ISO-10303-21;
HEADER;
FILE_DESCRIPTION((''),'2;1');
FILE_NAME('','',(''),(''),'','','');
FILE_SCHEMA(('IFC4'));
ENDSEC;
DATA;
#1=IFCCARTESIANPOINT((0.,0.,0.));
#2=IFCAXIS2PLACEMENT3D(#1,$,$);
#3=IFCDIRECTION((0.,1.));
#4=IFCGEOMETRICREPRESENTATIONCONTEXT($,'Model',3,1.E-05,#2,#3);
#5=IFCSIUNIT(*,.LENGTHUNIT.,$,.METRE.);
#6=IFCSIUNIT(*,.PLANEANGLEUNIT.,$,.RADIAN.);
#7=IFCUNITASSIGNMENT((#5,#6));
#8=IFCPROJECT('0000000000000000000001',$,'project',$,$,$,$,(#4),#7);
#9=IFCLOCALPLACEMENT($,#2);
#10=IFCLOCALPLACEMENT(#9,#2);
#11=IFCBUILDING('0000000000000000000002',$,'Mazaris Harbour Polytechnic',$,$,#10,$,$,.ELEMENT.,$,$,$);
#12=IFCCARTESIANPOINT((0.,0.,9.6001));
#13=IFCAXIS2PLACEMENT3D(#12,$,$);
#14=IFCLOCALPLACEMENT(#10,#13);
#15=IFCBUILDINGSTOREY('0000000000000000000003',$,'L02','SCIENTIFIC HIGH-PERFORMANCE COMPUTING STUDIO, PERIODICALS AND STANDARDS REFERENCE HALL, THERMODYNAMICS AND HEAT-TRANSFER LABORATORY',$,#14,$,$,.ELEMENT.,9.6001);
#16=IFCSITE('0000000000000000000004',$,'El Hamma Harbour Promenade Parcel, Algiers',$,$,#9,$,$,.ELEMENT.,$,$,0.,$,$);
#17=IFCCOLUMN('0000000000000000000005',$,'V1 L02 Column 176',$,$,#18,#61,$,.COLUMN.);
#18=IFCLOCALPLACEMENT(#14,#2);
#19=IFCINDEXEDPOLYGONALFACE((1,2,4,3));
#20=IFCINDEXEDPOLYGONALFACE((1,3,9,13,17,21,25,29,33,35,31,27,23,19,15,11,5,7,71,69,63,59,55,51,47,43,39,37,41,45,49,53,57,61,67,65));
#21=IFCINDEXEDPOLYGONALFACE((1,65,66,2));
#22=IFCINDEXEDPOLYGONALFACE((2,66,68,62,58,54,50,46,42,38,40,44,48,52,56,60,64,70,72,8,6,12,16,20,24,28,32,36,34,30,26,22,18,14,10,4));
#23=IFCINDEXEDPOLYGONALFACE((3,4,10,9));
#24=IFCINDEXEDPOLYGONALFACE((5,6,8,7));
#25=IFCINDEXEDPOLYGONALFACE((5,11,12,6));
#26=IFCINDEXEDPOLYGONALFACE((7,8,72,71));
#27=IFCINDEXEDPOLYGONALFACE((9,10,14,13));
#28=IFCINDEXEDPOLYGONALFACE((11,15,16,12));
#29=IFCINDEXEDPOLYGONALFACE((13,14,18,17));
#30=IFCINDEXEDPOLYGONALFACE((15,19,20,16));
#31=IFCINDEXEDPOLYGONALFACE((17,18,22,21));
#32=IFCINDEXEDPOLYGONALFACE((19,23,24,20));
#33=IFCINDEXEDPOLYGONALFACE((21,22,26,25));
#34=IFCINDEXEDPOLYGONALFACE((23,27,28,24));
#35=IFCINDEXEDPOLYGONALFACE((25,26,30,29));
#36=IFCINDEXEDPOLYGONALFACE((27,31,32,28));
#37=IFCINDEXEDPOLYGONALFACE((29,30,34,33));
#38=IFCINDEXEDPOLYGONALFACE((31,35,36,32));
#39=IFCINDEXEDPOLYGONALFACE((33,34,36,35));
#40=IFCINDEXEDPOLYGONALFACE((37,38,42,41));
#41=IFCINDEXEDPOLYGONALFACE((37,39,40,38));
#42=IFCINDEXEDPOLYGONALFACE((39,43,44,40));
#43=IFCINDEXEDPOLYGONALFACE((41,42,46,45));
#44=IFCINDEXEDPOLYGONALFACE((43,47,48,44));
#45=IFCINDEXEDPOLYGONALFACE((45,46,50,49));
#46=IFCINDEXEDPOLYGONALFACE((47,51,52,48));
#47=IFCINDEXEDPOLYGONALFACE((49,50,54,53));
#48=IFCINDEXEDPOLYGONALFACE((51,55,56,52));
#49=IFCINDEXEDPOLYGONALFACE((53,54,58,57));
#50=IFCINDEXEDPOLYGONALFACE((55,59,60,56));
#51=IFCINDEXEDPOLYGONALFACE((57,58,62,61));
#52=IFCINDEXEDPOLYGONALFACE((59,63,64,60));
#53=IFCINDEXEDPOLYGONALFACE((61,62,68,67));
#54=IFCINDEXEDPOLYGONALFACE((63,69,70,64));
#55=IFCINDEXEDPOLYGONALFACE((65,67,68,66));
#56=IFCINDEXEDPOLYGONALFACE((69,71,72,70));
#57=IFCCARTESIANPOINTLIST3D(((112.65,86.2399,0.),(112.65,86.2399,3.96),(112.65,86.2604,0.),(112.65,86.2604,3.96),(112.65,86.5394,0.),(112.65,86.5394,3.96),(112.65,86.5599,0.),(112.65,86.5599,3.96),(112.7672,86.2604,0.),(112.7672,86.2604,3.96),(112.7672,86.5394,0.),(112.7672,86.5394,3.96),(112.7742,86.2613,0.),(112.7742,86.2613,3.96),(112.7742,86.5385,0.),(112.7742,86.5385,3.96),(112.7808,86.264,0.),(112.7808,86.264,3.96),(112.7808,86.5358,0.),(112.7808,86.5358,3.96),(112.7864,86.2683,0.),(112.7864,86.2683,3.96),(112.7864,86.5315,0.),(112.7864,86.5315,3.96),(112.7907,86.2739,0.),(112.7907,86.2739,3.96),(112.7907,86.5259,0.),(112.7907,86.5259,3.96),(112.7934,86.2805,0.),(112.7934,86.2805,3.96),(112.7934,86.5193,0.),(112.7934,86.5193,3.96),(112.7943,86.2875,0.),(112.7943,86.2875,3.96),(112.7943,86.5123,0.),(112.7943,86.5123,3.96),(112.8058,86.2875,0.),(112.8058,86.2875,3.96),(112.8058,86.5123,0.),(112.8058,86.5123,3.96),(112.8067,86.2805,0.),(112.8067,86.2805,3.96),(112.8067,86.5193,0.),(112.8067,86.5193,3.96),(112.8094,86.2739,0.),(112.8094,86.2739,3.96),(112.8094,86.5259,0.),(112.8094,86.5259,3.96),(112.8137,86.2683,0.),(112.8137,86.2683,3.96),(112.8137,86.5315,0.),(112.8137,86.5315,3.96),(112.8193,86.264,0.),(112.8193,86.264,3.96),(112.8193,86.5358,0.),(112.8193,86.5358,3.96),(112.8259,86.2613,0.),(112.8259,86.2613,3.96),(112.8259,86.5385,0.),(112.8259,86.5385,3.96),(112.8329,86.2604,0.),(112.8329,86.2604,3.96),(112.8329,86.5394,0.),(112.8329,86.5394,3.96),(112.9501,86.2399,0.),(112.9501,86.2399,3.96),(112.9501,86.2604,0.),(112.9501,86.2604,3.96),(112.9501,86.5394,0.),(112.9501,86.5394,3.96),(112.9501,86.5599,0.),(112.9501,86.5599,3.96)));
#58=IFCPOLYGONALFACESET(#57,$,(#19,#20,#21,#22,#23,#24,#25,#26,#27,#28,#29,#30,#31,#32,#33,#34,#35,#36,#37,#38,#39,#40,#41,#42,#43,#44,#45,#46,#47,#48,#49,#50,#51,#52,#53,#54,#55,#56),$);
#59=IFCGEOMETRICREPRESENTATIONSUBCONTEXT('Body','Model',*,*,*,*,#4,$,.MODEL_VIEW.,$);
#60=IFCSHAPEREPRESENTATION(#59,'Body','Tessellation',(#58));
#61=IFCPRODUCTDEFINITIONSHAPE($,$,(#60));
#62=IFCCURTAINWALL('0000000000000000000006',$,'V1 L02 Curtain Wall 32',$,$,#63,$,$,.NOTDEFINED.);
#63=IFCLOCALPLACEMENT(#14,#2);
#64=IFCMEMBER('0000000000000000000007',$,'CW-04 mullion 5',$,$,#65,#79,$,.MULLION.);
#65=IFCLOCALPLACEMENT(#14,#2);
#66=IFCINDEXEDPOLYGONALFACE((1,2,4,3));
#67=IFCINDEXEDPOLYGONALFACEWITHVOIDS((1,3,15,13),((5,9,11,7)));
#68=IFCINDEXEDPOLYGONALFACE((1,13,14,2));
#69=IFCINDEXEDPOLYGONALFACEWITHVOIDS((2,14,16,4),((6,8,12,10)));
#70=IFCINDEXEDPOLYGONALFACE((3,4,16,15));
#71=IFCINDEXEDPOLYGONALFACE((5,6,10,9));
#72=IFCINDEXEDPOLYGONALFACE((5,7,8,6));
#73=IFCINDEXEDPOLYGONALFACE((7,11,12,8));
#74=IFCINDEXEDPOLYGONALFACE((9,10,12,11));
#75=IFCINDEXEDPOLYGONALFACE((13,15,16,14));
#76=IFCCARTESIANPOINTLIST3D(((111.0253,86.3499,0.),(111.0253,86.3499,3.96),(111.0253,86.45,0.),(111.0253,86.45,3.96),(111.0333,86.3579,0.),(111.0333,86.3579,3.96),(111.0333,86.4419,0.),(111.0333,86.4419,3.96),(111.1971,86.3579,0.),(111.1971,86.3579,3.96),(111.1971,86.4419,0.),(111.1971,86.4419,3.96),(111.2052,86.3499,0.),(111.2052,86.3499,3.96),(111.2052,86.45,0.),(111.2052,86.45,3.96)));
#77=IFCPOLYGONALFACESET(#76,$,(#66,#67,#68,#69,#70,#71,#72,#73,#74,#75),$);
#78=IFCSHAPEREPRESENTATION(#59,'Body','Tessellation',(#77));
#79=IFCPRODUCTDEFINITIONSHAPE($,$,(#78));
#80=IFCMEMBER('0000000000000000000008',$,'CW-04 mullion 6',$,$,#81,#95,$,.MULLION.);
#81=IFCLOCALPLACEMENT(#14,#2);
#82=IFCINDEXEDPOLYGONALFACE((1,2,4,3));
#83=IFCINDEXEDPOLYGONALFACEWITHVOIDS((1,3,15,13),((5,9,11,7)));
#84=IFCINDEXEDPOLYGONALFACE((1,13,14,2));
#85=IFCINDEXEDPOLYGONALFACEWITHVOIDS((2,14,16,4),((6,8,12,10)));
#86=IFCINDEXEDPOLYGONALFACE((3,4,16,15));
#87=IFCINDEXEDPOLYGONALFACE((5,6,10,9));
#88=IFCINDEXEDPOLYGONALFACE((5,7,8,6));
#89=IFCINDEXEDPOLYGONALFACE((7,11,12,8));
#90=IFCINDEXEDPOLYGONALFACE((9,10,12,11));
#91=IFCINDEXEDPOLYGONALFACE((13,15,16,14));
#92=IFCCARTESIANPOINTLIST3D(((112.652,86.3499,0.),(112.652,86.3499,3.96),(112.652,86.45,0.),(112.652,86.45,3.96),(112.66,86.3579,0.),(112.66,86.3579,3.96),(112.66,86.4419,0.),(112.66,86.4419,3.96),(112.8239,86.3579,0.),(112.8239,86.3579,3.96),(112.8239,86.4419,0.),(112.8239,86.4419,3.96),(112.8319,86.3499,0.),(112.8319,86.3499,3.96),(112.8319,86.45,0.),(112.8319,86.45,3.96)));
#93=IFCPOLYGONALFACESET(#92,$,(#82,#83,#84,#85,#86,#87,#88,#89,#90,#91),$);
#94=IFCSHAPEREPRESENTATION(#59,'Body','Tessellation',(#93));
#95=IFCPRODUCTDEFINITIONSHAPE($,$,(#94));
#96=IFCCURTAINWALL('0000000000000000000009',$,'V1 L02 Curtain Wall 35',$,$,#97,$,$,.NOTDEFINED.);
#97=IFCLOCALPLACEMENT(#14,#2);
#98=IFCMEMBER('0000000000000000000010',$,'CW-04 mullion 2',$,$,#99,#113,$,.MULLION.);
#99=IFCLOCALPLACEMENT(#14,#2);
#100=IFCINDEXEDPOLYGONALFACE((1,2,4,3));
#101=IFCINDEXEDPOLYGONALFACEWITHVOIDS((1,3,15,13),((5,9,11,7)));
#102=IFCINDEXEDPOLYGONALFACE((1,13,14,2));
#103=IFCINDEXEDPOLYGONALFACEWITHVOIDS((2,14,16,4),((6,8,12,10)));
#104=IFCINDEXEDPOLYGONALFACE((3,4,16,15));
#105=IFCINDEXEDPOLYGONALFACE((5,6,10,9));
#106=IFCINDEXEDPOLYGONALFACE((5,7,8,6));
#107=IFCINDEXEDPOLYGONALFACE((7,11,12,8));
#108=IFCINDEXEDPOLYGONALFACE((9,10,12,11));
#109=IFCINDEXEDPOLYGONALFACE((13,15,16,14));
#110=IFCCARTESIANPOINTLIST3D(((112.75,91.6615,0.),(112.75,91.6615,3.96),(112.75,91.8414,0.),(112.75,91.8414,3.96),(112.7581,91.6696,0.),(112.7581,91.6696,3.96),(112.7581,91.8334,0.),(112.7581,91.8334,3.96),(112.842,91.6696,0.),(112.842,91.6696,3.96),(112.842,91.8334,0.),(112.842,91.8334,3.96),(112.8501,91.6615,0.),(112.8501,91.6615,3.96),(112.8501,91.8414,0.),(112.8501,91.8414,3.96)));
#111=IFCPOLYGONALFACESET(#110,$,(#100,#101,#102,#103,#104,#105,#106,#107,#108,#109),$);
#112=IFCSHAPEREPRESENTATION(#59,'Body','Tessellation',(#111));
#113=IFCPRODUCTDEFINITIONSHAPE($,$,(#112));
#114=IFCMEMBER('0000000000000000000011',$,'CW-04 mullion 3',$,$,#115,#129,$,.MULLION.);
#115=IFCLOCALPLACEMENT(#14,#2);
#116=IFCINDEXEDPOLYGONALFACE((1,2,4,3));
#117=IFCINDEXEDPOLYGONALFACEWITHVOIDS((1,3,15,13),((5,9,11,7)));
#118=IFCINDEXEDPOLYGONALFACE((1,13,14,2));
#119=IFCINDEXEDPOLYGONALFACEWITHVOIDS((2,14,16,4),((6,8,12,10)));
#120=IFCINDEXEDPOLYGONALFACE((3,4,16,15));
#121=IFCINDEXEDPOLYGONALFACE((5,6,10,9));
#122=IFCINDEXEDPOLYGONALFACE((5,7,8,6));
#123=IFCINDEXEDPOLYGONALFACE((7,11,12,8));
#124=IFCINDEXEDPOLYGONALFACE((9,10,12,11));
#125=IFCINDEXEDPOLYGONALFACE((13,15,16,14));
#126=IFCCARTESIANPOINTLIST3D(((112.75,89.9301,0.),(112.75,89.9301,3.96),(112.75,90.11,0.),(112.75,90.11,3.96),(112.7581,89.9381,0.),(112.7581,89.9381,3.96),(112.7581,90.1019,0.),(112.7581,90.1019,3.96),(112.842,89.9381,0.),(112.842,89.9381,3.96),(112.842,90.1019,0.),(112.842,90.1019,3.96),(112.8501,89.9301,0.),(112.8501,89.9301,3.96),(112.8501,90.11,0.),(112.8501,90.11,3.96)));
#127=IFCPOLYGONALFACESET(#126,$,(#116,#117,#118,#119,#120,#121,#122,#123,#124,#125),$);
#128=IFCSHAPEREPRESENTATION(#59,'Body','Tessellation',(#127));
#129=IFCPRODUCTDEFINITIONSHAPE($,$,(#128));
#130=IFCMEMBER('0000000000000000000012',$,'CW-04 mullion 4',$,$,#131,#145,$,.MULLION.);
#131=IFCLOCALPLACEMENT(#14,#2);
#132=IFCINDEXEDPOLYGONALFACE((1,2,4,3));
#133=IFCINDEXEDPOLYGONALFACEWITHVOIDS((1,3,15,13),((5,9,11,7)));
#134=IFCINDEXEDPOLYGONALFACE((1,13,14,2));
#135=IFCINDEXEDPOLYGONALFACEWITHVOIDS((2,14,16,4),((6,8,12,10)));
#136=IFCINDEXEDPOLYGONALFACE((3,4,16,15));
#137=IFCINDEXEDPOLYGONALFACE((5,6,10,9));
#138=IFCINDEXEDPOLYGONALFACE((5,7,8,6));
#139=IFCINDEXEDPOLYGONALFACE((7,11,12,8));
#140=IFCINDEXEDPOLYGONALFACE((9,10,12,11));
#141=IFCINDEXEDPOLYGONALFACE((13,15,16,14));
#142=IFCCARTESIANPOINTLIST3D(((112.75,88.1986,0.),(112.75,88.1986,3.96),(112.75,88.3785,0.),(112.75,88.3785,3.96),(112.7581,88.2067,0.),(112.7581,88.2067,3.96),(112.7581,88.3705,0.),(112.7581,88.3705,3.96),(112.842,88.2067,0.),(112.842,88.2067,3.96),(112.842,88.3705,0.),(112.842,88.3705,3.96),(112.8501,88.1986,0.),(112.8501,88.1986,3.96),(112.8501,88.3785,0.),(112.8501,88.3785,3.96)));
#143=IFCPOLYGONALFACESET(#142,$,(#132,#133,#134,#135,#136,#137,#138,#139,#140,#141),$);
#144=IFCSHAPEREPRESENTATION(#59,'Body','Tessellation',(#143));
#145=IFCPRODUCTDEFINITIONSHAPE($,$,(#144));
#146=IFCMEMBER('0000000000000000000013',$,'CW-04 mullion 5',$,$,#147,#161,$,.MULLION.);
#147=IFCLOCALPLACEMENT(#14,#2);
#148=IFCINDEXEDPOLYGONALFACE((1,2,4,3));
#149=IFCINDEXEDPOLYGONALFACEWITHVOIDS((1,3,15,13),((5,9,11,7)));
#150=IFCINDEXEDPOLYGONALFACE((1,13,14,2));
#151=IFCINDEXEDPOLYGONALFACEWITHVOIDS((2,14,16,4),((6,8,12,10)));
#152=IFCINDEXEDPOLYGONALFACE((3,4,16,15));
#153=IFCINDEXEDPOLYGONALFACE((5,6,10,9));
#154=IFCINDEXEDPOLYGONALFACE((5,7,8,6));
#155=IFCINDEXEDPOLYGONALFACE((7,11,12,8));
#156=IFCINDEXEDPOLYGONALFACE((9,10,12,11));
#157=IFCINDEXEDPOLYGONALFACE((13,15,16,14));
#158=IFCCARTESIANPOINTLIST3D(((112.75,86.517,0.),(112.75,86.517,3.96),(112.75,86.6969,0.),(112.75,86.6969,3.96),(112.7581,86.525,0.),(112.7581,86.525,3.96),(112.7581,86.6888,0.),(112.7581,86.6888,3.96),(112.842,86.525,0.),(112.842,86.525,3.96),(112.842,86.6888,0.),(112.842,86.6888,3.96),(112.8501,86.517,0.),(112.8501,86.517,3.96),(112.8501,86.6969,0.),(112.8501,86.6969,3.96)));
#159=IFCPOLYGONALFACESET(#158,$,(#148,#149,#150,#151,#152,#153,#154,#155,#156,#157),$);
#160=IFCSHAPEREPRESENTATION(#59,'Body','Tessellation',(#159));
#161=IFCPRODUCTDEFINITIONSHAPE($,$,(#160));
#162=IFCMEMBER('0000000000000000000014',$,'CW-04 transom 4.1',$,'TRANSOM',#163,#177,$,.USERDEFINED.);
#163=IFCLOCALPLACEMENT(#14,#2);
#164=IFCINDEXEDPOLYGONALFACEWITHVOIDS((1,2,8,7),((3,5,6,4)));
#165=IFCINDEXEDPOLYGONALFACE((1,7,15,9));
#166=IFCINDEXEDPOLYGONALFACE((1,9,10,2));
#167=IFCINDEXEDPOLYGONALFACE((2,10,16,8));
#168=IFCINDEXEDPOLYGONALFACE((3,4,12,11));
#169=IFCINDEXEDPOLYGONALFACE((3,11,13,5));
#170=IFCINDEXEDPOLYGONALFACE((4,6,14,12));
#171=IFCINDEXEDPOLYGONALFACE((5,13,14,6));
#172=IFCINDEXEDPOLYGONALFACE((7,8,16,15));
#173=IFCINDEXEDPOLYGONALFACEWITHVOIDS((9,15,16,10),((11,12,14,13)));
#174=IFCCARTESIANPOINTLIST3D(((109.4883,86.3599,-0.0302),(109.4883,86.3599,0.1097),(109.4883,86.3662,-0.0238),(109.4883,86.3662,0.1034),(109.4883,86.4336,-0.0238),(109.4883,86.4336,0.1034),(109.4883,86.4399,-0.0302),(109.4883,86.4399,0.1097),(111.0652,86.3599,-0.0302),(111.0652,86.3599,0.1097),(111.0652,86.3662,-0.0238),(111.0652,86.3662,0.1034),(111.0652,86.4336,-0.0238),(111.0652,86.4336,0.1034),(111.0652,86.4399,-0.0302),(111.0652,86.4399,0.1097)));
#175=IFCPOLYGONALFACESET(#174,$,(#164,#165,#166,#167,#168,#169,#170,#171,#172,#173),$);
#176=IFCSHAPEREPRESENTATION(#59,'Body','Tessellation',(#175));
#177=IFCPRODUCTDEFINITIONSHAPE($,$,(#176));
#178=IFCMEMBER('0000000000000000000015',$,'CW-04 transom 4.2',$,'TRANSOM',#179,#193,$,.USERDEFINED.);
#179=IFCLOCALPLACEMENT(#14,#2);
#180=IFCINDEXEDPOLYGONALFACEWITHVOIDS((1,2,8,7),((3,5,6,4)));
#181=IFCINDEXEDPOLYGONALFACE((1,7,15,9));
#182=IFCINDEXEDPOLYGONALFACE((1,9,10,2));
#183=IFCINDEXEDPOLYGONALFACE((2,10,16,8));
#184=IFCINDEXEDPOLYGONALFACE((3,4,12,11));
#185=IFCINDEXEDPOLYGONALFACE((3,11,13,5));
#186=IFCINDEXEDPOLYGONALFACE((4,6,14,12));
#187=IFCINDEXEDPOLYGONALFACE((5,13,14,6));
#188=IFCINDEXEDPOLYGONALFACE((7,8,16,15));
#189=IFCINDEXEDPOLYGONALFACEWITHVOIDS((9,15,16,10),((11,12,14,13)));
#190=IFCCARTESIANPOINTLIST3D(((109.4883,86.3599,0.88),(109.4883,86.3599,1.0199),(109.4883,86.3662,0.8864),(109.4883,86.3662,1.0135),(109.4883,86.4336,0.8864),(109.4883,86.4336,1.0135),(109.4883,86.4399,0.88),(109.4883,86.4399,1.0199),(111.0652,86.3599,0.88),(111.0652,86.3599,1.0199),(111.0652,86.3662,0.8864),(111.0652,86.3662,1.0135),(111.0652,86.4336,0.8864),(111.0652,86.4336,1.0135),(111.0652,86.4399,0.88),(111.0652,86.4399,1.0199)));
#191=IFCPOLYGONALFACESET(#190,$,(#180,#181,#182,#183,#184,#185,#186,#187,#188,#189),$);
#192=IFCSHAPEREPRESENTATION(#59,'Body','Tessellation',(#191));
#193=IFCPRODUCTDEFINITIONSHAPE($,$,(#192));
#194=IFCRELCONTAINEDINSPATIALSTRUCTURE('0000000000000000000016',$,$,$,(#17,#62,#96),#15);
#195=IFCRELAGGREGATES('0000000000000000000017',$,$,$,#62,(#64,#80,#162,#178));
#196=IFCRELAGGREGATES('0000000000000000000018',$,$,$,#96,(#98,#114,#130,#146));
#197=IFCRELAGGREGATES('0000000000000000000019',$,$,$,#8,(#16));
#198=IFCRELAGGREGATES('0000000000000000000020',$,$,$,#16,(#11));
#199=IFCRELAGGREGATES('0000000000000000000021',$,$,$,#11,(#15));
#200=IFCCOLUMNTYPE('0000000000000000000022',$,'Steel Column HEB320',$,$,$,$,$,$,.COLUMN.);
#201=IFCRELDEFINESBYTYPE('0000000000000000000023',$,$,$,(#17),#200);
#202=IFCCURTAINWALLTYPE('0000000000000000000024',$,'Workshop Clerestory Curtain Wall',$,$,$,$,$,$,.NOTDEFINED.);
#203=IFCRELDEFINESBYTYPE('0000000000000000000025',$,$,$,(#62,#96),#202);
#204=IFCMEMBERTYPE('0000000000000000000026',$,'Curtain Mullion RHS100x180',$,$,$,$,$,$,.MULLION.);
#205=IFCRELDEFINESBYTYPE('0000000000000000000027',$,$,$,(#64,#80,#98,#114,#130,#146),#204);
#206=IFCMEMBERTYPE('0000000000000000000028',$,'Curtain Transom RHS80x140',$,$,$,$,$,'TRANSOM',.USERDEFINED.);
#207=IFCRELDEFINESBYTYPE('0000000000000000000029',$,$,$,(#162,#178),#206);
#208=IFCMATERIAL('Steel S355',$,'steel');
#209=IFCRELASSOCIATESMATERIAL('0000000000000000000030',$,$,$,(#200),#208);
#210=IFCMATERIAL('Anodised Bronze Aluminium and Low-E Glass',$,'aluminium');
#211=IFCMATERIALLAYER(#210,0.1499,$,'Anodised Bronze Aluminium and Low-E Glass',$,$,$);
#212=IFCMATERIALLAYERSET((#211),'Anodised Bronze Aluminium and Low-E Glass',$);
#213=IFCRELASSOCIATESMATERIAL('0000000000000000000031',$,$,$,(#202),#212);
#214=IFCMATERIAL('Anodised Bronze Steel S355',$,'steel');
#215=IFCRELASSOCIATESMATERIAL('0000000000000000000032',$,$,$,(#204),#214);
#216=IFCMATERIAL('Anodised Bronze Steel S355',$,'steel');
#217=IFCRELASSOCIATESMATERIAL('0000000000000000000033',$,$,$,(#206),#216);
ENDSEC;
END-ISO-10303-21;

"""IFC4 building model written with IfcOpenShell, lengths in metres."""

from ifc_helpers import new_model, si_unit, direction, frame, origin, origin_2d, place, context, subcontext, project, spatial, hollow_rectangle, i_section, extrude, material, layer, layer_set, material_profile, profile_set, type_object, element, aggregate, save


model = new_model("IFC4")

# Units and contexts
model_context = context("Model", 3, precision=1e-05, world=origin(), true_north=direction((0.0, 1.0)))
body_context = subcontext(model_context, "Body", "Model", "MODEL_VIEW")
ifc_project = project(units=[si_unit("LENGTHUNIT", "METRE"), si_unit("PLANEANGLEUNIT", "RADIAN")], contexts=[model_context])

# Site, building, storey
site_placement = place(None, origin())
site = spatial("IfcSite", under=ifc_project, at=site_placement, Name="El Hamma Harbour Promenade Parcel, Algiers", CompositionType="ELEMENT", RefElevation=0.0)
building_placement = place(site_placement, origin())
building = spatial("IfcBuilding", under=site, at=building_placement, Name="Mazaris Harbour Polytechnic", CompositionType="ELEMENT")
storey_placement = place(building_placement, frame((0.0, 0.0, 9.6001)))
storey = spatial("IfcBuildingStorey", under=building, at=storey_placement, Name="L02", Description="SCIENTIFIC HIGH-PERFORMANCE COMPUTING STUDIO, PERIODICALS AND STANDARDS REFERENCE HALL, THERMODYNAMICS AND HEAT-TRANSFER LABORATORY", CompositionType="ELEMENT", Elevation=9.6001)

# Column
ifc_material_1 = material(Name="Steel S355", Category="steel")
ifc_material_profile_1 = material_profile(ifc_material_1, i_section(OverallWidth=0.3, OverallDepth=0.3201, WebThickness=0.0115, FlangeThickness=0.0205, FilletRadius=0.0271, at=origin_2d()), Name="HEB 320")
ifc_profile_set_1 = profile_set([ifc_material_profile_1], Name="Steel S355")
column_type = type_object("IfcColumnType", Name="Steel Column HEB320", PredefinedType="COLUMN", material=ifc_profile_set_1)
column_placement = place(storey_placement, frame((112.8, 86.3999, 0.0), z_axis=(0.0, 0.0, 1.0), x_axis=(1.0, 0.0, 0.0)))
element("IfcColumn", 1, at=column_placement, inside=storey, type_object=column_type, Name="V1 L02 Column 176", PredefinedType="COLUMN", context=body_context, shape_type="SweptSolid", body=[
    extrude(i_section(OverallWidth=0.3, OverallDepth=0.3201, WebThickness=0.0115, FlangeThickness=0.0205, FilletRadius=0.0271, at=origin_2d()), origin(), (0.0, 0.0, 1.0), 3.96),
])

# Curtain walls, members
ifc_material_2 = material(Name="Anodised Bronze Aluminium and Low-E Glass", Category="aluminium")
ifc_layer_1 = layer(ifc_material_2, 0.1499, Name="Anodised Bronze Aluminium and Low-E Glass")
ifc_layer_set_1 = layer_set([ifc_layer_1], Name="Anodised Bronze Aluminium and Low-E Glass")
curtain_wall_type = type_object("IfcCurtainWallType", Name="Workshop Clerestory Curtain Wall", PredefinedType="NOTDEFINED", material=ifc_layer_set_1)
curtain_wall_1_placement = place(storey_placement, origin())
curtain_wall_1 = element("IfcCurtainWall", 2, at=curtain_wall_1_placement, inside=storey, type_object=curtain_wall_type, Name="V1 L02 Curtain Wall 32", PredefinedType="NOTDEFINED")
ifc_material_3 = material(Name="Anodised Bronze Steel S355", Category="steel")
ifc_material_profile_2 = material_profile(ifc_material_3, hollow_rectangle(XDim=0.1001, YDim=0.1799, WallThickness=0.0081, at=origin_2d()), Name="RHS 100x180x8.0")
ifc_profile_set_2 = profile_set([ifc_material_profile_2], Name="Anodised Bronze Steel S355")
member_type_1 = type_object("IfcMemberType", Name="Curtain Mullion RHS100x180", PredefinedType="MULLION", material=ifc_profile_set_2)
member_1_placement = place(storey_placement, frame((111.1152, 86.3999, 0.0), z_axis=(0.0, 0.0, 1.0), x_axis=(0.0, 1.0, 0.0)))
member_1 = element("IfcMember", 3, at=member_1_placement, type_object=member_type_1, Name="CW-04 mullion 5", PredefinedType="MULLION", context=body_context, shape_type="SweptSolid", body=[
    extrude(hollow_rectangle(XDim=0.1001, YDim=0.1799, WallThickness=0.0081, at=origin_2d()), origin(), (0.0, 0.0, 1.0), 3.96),
])
member_2_placement = place(storey_placement, frame((112.7419, 86.3999, 0.0), z_axis=(0.0, 0.0, 1.0), x_axis=(0.0, 1.0, 0.0)))
member_2 = element("IfcMember", 4, at=member_2_placement, type_object=member_type_1, Name="CW-04 mullion 6", PredefinedType="MULLION", context=body_context, shape_type="SweptSolid", body=[
    extrude(hollow_rectangle(XDim=0.1001, YDim=0.1799, WallThickness=0.0081, at=origin_2d()), origin(), (0.0, 0.0, 1.0), 3.96),
])
curtain_wall_2_placement = place(storey_placement, origin())
curtain_wall_2 = element("IfcCurtainWall", 5, at=curtain_wall_2_placement, inside=storey, type_object=curtain_wall_type, Name="V1 L02 Curtain Wall 35", PredefinedType="NOTDEFINED")
member_3_placement = place(storey_placement, frame((112.8, 91.7515, 0.0), z_axis=(0.0, 0.0, 1.0), x_axis=(1.0, 0.0, 0.0)))
member_3 = element("IfcMember", 6, at=member_3_placement, type_object=member_type_1, Name="CW-04 mullion 2", PredefinedType="MULLION", context=body_context, shape_type="SweptSolid", body=[
    extrude(hollow_rectangle(XDim=0.1001, YDim=0.1799, WallThickness=0.0081, at=origin_2d()), origin(), (0.0, 0.0, 1.0), 3.96),
])
member_4_placement = place(storey_placement, frame((112.8, 90.02, 0.0), z_axis=(0.0, 0.0, 1.0), x_axis=(1.0, 0.0, 0.0)))
member_4 = element("IfcMember", 7, at=member_4_placement, type_object=member_type_1, Name="CW-04 mullion 3", PredefinedType="MULLION", context=body_context, shape_type="SweptSolid", body=[
    extrude(hollow_rectangle(XDim=0.1001, YDim=0.1799, WallThickness=0.0081, at=origin_2d()), origin(), (0.0, 0.0, 1.0), 3.96),
])
member_5_placement = place(storey_placement, frame((112.8, 88.2886, 0.0), z_axis=(0.0, 0.0, 1.0), x_axis=(1.0, 0.0, 0.0)))
member_5 = element("IfcMember", 8, at=member_5_placement, type_object=member_type_1, Name="CW-04 mullion 4", PredefinedType="MULLION", context=body_context, shape_type="SweptSolid", body=[
    extrude(hollow_rectangle(XDim=0.1001, YDim=0.1799, WallThickness=0.0081, at=origin_2d()), origin(), (0.0, 0.0, 1.0), 3.96),
])
member_6_placement = place(storey_placement, frame((112.8, 86.6069, 0.0), z_axis=(0.0, 0.0, 1.0), x_axis=(1.0, 0.0, 0.0)))
member_6 = element("IfcMember", 9, at=member_6_placement, type_object=member_type_1, Name="CW-04 mullion 5", PredefinedType="MULLION", context=body_context, shape_type="SweptSolid", body=[
    extrude(hollow_rectangle(XDim=0.1001, YDim=0.1799, WallThickness=0.0081, at=origin_2d()), origin(), (0.0, 0.0, 1.0), 3.96),
])

# Members
ifc_material_4 = material(Name="Anodised Bronze Steel S355", Category="steel")
ifc_material_profile_3 = material_profile(ifc_material_4, hollow_rectangle(XDim=0.0801, YDim=0.1399, WallThickness=0.0063, at=origin_2d()), Name="RHS 80x140x6.3")
ifc_profile_set_3 = profile_set([ifc_material_profile_3], Name="Anodised Bronze Steel S355")
member_type_2 = type_object("IfcMemberType", Name="Curtain Transom RHS80x140", ElementType="TRANSOM", PredefinedType="USERDEFINED", material=ifc_profile_set_3)
member_7_placement = place(storey_placement, frame((109.4883, 86.3999, 0.0398), z_axis=(1.0, 0.0, 0.0), x_axis=(0.0, 1.0, 0.0)))
member_7 = element("IfcMember", 10, at=member_7_placement, type_object=member_type_2, Name="CW-04 transom 4.1", ObjectType="TRANSOM", PredefinedType="USERDEFINED", context=body_context, shape_type="SweptSolid", body=[
    extrude(hollow_rectangle(XDim=0.0801, YDim=0.1399, WallThickness=0.0063, at=origin_2d()), origin(), (0.0, 0.0, 1.0), 1.5769),
])
member_8_placement = place(storey_placement, frame((109.4883, 86.3999, 0.95), z_axis=(1.0, 0.0, 0.0), x_axis=(0.0, 1.0, 0.0)))
member_8 = element("IfcMember", 11, at=member_8_placement, type_object=member_type_2, Name="CW-04 transom 4.2", ObjectType="TRANSOM", PredefinedType="USERDEFINED", context=body_context, shape_type="SweptSolid", body=[
    extrude(hollow_rectangle(XDim=0.0801, YDim=0.1399, WallThickness=0.0063, at=origin_2d()), origin(), (0.0, 0.0, 1.0), 1.5769),
])

aggregate(curtain_wall_1, [member_1, member_2, member_7, member_8])
aggregate(curtain_wall_2, [member_3, member_4, member_5, member_6])

save(model, "model.ifc")
